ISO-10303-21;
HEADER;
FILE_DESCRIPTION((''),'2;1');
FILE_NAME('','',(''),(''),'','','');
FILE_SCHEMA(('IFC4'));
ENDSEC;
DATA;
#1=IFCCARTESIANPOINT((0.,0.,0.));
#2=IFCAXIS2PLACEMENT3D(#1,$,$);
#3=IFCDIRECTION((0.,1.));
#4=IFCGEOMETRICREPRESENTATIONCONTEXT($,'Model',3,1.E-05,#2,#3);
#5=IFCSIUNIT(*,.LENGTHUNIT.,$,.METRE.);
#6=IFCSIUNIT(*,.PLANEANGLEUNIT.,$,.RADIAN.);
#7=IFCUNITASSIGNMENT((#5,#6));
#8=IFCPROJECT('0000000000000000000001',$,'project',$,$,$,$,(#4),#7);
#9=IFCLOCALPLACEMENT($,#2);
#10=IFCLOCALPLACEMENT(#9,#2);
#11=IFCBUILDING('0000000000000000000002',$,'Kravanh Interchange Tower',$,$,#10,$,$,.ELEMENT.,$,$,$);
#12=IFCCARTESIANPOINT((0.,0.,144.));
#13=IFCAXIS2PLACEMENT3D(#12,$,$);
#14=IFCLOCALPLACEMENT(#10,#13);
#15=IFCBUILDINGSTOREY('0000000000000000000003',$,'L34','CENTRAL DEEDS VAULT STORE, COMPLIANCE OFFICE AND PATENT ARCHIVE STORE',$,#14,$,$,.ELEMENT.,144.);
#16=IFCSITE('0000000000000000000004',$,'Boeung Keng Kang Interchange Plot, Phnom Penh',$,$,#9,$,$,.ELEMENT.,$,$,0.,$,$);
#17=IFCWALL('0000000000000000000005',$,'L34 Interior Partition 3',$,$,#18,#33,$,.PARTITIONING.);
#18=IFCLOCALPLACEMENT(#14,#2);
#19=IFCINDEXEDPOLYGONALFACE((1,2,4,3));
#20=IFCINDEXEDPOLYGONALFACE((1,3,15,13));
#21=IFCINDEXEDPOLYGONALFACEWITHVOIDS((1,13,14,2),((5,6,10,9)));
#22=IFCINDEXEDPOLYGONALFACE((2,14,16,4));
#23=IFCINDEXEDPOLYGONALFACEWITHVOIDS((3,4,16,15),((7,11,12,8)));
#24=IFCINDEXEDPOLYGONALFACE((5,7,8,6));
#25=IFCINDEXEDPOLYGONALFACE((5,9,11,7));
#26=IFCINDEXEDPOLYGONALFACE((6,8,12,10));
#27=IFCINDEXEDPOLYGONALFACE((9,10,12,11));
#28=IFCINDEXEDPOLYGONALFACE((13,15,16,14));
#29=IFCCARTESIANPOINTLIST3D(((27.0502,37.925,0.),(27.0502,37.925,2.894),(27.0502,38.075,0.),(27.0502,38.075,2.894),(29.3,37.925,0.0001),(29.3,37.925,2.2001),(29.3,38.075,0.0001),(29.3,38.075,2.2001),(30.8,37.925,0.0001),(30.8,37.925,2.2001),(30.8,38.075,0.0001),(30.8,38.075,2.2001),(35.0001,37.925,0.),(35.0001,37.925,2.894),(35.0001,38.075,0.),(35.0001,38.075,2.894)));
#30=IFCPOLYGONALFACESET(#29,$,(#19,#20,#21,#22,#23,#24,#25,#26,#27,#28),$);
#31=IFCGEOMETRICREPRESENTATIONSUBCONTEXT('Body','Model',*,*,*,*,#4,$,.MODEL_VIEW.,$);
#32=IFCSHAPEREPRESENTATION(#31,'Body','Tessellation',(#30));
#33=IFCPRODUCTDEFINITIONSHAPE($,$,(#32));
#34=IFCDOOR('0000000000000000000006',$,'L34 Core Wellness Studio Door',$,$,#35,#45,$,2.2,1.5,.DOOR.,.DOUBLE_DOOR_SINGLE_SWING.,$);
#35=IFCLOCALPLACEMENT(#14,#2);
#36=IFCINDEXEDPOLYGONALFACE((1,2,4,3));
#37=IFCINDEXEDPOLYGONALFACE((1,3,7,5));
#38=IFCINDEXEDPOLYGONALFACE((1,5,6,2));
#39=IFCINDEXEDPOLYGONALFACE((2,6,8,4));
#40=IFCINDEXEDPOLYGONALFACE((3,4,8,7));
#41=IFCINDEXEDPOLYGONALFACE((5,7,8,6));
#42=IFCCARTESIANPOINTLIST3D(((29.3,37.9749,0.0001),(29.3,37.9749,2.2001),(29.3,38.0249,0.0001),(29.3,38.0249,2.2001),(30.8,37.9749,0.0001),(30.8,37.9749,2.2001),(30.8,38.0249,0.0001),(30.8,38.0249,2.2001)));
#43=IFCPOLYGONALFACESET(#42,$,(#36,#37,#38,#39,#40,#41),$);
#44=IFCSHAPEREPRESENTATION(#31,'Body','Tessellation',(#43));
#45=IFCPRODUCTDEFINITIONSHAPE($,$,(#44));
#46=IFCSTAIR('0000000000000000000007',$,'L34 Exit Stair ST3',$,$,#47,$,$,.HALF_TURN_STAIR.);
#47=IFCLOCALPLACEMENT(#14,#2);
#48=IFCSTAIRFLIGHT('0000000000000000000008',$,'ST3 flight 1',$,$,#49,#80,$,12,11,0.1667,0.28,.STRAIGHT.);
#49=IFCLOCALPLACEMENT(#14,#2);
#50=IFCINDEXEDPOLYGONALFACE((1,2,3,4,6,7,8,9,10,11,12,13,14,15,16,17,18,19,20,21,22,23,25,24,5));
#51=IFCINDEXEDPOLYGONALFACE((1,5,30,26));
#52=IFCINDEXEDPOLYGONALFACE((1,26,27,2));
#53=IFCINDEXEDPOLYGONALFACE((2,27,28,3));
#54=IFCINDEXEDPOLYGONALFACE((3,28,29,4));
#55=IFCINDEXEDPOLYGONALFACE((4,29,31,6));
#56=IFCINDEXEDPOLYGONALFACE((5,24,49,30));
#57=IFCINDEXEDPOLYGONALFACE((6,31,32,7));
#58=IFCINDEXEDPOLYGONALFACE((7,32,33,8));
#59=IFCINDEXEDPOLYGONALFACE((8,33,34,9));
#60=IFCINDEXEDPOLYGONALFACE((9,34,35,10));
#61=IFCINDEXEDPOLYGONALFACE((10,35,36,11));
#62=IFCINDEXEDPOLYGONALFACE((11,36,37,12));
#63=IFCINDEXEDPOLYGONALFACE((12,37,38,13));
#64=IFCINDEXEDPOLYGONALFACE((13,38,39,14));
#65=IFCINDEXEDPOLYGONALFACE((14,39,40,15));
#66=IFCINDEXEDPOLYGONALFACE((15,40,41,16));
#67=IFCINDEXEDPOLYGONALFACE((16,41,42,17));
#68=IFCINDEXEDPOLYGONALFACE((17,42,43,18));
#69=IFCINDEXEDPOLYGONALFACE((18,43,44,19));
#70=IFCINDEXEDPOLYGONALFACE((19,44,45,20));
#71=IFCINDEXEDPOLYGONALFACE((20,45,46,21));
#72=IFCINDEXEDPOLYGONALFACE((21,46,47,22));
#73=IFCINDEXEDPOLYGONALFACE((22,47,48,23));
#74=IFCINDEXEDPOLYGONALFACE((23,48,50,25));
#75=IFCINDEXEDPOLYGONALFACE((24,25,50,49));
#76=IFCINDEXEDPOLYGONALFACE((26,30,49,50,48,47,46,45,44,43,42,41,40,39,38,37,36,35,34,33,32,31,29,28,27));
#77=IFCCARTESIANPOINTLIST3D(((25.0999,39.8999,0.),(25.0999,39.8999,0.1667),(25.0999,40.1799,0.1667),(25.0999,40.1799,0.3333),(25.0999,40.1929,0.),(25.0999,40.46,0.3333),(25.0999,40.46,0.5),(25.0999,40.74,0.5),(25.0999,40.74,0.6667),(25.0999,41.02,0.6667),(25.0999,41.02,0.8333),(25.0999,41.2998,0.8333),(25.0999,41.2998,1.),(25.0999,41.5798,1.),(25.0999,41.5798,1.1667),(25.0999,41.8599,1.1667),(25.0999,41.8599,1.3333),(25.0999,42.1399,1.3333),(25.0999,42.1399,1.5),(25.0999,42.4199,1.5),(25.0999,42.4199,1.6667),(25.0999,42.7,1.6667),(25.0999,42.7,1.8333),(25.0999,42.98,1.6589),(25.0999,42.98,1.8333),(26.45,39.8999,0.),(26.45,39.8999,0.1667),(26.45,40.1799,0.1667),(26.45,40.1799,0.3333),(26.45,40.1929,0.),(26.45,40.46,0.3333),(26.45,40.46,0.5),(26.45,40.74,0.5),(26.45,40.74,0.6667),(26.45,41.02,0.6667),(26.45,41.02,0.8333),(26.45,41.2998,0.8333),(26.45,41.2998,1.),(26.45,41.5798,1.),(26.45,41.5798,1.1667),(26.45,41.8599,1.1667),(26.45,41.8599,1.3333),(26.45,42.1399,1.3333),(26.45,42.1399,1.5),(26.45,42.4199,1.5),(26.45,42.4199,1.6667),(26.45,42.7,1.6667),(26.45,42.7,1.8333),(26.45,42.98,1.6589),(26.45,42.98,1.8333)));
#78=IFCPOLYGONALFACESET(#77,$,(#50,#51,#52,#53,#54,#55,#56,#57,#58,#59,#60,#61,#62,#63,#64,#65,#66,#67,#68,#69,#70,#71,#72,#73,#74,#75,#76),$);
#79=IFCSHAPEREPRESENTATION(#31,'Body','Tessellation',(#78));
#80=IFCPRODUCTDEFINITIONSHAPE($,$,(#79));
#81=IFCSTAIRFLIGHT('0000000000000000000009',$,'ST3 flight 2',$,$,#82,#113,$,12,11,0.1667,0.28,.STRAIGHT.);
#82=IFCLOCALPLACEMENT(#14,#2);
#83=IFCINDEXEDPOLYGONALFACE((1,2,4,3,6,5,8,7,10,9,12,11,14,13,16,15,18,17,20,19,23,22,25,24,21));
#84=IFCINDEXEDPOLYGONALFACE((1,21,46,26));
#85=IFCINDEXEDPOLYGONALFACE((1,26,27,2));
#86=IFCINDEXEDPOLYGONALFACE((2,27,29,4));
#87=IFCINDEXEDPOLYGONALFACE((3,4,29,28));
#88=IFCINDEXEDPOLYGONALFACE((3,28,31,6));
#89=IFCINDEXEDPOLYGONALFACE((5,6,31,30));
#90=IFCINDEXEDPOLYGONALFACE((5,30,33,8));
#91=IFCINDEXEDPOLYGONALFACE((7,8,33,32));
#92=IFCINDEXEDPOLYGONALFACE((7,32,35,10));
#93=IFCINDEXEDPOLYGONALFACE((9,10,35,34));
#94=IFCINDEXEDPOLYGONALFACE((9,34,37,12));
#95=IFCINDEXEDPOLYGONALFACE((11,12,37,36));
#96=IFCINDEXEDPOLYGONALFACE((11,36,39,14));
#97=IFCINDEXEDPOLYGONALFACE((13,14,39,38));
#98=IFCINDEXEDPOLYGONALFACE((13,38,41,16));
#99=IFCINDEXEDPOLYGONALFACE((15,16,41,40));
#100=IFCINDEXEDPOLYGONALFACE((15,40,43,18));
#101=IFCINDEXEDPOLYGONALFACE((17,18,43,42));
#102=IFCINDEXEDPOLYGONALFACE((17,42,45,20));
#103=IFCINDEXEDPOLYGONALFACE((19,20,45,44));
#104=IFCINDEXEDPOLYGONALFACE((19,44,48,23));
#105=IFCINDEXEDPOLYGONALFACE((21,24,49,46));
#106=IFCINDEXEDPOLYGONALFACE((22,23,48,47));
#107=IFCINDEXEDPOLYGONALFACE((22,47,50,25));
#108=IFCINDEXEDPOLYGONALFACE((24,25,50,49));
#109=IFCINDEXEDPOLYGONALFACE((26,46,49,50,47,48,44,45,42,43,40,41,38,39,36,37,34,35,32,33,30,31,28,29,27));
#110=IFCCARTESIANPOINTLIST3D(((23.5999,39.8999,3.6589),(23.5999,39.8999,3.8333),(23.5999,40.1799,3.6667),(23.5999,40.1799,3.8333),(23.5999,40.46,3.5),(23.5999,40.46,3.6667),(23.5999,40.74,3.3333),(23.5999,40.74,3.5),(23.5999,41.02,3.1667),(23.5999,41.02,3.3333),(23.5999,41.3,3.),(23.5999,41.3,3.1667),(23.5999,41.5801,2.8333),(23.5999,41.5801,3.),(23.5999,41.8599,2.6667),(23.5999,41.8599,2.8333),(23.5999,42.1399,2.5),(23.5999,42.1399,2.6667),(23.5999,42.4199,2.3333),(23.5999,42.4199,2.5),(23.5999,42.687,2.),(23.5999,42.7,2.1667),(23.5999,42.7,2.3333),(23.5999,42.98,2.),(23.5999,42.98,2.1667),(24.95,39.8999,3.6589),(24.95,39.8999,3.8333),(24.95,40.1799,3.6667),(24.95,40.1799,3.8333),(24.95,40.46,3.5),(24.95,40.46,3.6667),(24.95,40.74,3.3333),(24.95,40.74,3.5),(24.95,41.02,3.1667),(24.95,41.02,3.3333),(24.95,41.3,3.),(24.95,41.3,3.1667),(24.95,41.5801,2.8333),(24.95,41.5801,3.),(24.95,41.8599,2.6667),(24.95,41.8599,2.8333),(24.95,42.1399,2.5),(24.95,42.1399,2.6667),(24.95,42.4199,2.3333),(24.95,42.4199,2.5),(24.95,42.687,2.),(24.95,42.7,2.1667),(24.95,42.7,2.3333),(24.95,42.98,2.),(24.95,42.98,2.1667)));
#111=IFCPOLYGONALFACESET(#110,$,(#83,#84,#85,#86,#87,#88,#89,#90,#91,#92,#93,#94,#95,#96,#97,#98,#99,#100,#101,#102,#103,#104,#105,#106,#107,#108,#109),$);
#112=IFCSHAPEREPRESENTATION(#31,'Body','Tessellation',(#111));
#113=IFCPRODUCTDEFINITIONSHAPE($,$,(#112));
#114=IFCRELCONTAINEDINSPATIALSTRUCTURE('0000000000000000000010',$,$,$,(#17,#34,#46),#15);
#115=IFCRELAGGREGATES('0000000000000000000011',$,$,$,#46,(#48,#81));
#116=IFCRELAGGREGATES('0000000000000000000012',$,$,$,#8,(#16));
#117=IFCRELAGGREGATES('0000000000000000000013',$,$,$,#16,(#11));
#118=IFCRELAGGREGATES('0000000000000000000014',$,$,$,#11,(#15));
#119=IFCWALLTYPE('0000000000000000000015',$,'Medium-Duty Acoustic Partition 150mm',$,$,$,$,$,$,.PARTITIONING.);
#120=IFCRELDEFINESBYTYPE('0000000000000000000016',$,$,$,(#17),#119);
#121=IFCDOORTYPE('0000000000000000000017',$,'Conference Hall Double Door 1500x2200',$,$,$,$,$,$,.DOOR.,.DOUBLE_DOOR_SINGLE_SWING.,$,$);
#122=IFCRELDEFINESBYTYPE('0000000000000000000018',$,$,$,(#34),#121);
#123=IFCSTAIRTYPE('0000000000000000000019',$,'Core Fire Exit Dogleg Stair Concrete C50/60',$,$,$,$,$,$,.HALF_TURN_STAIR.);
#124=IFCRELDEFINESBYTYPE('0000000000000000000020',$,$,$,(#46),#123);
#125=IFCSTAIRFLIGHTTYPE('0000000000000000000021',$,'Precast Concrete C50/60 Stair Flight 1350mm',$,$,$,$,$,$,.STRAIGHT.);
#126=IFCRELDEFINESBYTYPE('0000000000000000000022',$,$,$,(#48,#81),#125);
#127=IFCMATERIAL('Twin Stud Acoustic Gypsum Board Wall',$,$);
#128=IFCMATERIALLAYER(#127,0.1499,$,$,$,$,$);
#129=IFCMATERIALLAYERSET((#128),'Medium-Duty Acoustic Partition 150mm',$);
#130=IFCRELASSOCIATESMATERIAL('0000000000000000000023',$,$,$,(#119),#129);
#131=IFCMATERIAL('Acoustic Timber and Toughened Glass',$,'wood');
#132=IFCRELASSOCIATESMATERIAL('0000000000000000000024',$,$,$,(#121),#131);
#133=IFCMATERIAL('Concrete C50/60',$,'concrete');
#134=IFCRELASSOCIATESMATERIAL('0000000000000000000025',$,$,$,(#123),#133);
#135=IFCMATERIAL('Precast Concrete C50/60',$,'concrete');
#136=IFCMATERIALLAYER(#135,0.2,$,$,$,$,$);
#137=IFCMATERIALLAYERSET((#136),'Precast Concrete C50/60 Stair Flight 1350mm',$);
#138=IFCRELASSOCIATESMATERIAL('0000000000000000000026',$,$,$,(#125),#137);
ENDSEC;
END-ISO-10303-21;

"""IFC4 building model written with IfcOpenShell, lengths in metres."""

from ifc_helpers import new_model, si_unit, direction, frame, frame_2d, origin, place, context, subcontext, project, spatial, polyline, rectangle, outline, extrude, material, layer, layer_set, type_object, element, fill, aggregate, save


model = new_model("IFC4")

# Units and contexts
model_context = context("Model", 3, precision=1e-05, world=origin(), true_north=direction((0.0, 1.0)))
body_context = subcontext(model_context, "Body", "Model", "MODEL_VIEW")
ifc_project = project(units=[si_unit("LENGTHUNIT", "METRE"), si_unit("PLANEANGLEUNIT", "RADIAN")], contexts=[model_context])

# Site, building, storey
site_placement = place(None, origin())
site = spatial("IfcSite", under=ifc_project, at=site_placement, Name="Boeung Keng Kang Interchange Plot, Phnom Penh", CompositionType="ELEMENT", RefElevation=0.0)
building_placement = place(site_placement, origin())
building = spatial("IfcBuilding", under=site, at=building_placement, Name="Kravanh Interchange Tower", CompositionType="ELEMENT")
storey_placement = place(building_placement, frame((0.0, 0.0, 144.0)))
storey = spatial("IfcBuildingStorey", under=building, at=storey_placement, Name="L34", Description="CENTRAL DEEDS VAULT STORE, COMPLIANCE OFFICE AND PATENT ARCHIVE STORE", CompositionType="ELEMENT", Elevation=144.0)

# Wall, opening, door
ifc_material_1 = material(Name="Twin Stud Acoustic Gypsum Board Wall")
ifc_layer_1 = layer(ifc_material_1, 0.1499)
ifc_layer_set_1 = layer_set([ifc_layer_1], Name="Medium-Duty Acoustic Partition 150mm")
wall_type_1 = type_object("IfcWallType", Name="Medium-Duty Acoustic Partition 150mm", PredefinedType="PARTITIONING", material=ifc_layer_set_1)
wall_1_placement = place(storey_placement, frame((27.05, 38.0, 0.0), z_axis=(0.0, 0.0, 1.0), x_axis=(1.0, 0.0, 0.0)))
wall_1 = element("IfcWall", 1, at=wall_1_placement, inside=storey, type_object=wall_type_1, Name="L34 Interior Partition 3", PredefinedType="PARTITIONING", context=body_context, shape_type="SweptSolid", body=[
    extrude(rectangle(XDim=7.95, YDim=0.1499, at=frame_2d((3.9751, 0.0))), origin(), (0.0, 0.0, 1.0), 2.894),
])
opening_1_placement = place(wall_1_placement, frame((2.25, 0.0, 0.0)))
opening_1 = element("IfcOpeningElement", 2, at=opening_1_placement, cuts=wall_1, PredefinedType="OPENING", context=body_context, shape_type="SweptSolid", body=[
    extrude(rectangle(XDim=1.5, YDim=2.2, at=frame_2d((0.75, 1.1001))), frame((0.0, 0.085, 0.0), z_axis=(0.0, -1.0, 0.0), x_axis=(1.0, 0.0, 0.0)), (0.0, 0.0, 1.0), 0.1699),
])
ifc_material_2 = material(Name="Acoustic Timber and Toughened Glass", Category="wood")
door_type_1 = type_object("IfcDoorType", Name="Conference Hall Double Door 1500x2200", OperationType="DOUBLE_DOOR_SINGLE_SWING", PredefinedType="DOOR", material=ifc_material_2)
door_1_placement = place(opening_1_placement, origin())
door_1 = element("IfcDoor", 3, at=door_1_placement, inside=storey, type_object=door_type_1, Name="L34 Core Wellness Studio Door", OperationType="DOUBLE_DOOR_SINGLE_SWING", OverallHeight=2.2, OverallWidth=1.5, PredefinedType="DOOR", context=body_context, shape_type="SweptSolid", body=[
    extrude(rectangle(XDim=1.5, YDim=2.2, at=frame_2d((0.75, 1.1001))), frame((0.0, 0.0249, 0.0), z_axis=(0.0, -1.0, 0.0), x_axis=(1.0, 0.0, 0.0)), (0.0, 0.0, 1.0), 0.05),
])
fill(opening_1, door_1)

# Stair, stair flights
ifc_material_3 = material(Name="Concrete C50/60", Category="concrete")
stair_type = type_object("IfcStairType", Name="Core Fire Exit Dogleg Stair Concrete C50/60", PredefinedType="HALF_TURN_STAIR", material=ifc_material_3)
stair_placement = place(storey_placement, origin())
stair = element("IfcStair", 4, at=stair_placement, inside=storey, type_object=stair_type, Name="L34 Exit Stair ST3", PredefinedType="HALF_TURN_STAIR")
ifc_material_4 = material(Name="Precast Concrete C50/60", Category="concrete")
ifc_layer_2 = layer(ifc_material_4, 0.2)
ifc_layer_set_2 = layer_set([ifc_layer_2], Name="Precast Concrete C50/60 Stair Flight 1350mm")
stair_flight_type = type_object("IfcStairFlightType", Name="Precast Concrete C50/60 Stair Flight 1350mm", PredefinedType="STRAIGHT", material=ifc_layer_set_2)
stair_flight_1_placement = place(storey_placement, frame((25.7749, 39.8999, 0.0), z_axis=(0.0, 0.0, 1.0), x_axis=(0.0, 1.0, 0.0)))
stair_flight_1 = element("IfcStairFlight", 5, at=stair_flight_1_placement, type_object=stair_flight_type, Name="ST3 flight 1", NumberOfRisers=12, NumberOfTreads=11, PredefinedType="STRAIGHT", RiserHeight=0.1667, TreadLength=0.28, context=body_context, shape_type="SweptSolid", body=[
    extrude(outline(polyline([(0.0, 0.0), (0.0, 0.1667), (0.28, 0.1667), (0.28, 0.3333), (0.5601, 0.3333), (0.5601, 0.5), (0.8401, 0.5), (0.8401, 0.6667), (1.1201, 0.6667), (1.1201, 0.8333), (1.3999, 0.8333), (1.3999, 1.0), (1.6799, 1.0), (1.6799, 1.1667), (1.96, 1.1667), (1.96, 1.3333), (2.24, 1.3333), (2.24, 1.5), (2.52, 1.5), (2.52, 1.6667), (2.8, 1.6667), (2.8, 1.8333), (3.0801, 1.8333), (3.0801, 2.0), (3.0801, 1.6589), (0.293, 0.0), (0.0, 0.0)])), frame((0.0, 0.675, 0.0), z_axis=(0.0, -1.0, 0.0), x_axis=(1.0, 0.0, 0.0)), (0.0, 0.0, 1.0), 1.3501),
])
stair_flight_2_placement = place(storey_placement, frame((24.2749, 42.98, 2.0), z_axis=(0.0, 0.0, 1.0), x_axis=(0.0, -1.0, 0.0)))
stair_flight_2 = element("IfcStairFlight", 6, at=stair_flight_2_placement, type_object=stair_flight_type, Name="ST3 flight 2", NumberOfRisers=12, NumberOfTreads=11, PredefinedType="STRAIGHT", RiserHeight=0.1667, TreadLength=0.28, context=body_context, shape_type="SweptSolid", body=[
    extrude(outline(polyline([(0.0, 0.0), (0.0, 0.1667), (0.28, 0.1667), (0.28, 0.3333), (0.5601, 0.3333), (0.5601, 0.5), (0.8401, 0.5), (0.8401, 0.6667), (1.1201, 0.6667), (1.1201, 0.8333), (1.3999, 0.8333), (1.3999, 1.0), (1.6799, 1.0), (1.6799, 1.1667), (1.96, 1.1667), (1.96, 1.3333), (2.24, 1.3333), (2.24, 1.5), (2.52, 1.5), (2.52, 1.6667), (2.8, 1.6667), (2.8, 1.8333), (3.0801, 1.8333), (3.0801, 2.0), (3.0801, 1.6589), (0.293, 0.0), (0.0, 0.0)])), frame((0.0, 0.675, 0.0), z_axis=(0.0, -1.0, 0.0), x_axis=(1.0, 0.0, 0.0)), (0.0, 0.0, 1.0), 1.3501),
])
aggregate(stair, [stair_flight_1, stair_flight_2])

save(model, "model.ifc")
